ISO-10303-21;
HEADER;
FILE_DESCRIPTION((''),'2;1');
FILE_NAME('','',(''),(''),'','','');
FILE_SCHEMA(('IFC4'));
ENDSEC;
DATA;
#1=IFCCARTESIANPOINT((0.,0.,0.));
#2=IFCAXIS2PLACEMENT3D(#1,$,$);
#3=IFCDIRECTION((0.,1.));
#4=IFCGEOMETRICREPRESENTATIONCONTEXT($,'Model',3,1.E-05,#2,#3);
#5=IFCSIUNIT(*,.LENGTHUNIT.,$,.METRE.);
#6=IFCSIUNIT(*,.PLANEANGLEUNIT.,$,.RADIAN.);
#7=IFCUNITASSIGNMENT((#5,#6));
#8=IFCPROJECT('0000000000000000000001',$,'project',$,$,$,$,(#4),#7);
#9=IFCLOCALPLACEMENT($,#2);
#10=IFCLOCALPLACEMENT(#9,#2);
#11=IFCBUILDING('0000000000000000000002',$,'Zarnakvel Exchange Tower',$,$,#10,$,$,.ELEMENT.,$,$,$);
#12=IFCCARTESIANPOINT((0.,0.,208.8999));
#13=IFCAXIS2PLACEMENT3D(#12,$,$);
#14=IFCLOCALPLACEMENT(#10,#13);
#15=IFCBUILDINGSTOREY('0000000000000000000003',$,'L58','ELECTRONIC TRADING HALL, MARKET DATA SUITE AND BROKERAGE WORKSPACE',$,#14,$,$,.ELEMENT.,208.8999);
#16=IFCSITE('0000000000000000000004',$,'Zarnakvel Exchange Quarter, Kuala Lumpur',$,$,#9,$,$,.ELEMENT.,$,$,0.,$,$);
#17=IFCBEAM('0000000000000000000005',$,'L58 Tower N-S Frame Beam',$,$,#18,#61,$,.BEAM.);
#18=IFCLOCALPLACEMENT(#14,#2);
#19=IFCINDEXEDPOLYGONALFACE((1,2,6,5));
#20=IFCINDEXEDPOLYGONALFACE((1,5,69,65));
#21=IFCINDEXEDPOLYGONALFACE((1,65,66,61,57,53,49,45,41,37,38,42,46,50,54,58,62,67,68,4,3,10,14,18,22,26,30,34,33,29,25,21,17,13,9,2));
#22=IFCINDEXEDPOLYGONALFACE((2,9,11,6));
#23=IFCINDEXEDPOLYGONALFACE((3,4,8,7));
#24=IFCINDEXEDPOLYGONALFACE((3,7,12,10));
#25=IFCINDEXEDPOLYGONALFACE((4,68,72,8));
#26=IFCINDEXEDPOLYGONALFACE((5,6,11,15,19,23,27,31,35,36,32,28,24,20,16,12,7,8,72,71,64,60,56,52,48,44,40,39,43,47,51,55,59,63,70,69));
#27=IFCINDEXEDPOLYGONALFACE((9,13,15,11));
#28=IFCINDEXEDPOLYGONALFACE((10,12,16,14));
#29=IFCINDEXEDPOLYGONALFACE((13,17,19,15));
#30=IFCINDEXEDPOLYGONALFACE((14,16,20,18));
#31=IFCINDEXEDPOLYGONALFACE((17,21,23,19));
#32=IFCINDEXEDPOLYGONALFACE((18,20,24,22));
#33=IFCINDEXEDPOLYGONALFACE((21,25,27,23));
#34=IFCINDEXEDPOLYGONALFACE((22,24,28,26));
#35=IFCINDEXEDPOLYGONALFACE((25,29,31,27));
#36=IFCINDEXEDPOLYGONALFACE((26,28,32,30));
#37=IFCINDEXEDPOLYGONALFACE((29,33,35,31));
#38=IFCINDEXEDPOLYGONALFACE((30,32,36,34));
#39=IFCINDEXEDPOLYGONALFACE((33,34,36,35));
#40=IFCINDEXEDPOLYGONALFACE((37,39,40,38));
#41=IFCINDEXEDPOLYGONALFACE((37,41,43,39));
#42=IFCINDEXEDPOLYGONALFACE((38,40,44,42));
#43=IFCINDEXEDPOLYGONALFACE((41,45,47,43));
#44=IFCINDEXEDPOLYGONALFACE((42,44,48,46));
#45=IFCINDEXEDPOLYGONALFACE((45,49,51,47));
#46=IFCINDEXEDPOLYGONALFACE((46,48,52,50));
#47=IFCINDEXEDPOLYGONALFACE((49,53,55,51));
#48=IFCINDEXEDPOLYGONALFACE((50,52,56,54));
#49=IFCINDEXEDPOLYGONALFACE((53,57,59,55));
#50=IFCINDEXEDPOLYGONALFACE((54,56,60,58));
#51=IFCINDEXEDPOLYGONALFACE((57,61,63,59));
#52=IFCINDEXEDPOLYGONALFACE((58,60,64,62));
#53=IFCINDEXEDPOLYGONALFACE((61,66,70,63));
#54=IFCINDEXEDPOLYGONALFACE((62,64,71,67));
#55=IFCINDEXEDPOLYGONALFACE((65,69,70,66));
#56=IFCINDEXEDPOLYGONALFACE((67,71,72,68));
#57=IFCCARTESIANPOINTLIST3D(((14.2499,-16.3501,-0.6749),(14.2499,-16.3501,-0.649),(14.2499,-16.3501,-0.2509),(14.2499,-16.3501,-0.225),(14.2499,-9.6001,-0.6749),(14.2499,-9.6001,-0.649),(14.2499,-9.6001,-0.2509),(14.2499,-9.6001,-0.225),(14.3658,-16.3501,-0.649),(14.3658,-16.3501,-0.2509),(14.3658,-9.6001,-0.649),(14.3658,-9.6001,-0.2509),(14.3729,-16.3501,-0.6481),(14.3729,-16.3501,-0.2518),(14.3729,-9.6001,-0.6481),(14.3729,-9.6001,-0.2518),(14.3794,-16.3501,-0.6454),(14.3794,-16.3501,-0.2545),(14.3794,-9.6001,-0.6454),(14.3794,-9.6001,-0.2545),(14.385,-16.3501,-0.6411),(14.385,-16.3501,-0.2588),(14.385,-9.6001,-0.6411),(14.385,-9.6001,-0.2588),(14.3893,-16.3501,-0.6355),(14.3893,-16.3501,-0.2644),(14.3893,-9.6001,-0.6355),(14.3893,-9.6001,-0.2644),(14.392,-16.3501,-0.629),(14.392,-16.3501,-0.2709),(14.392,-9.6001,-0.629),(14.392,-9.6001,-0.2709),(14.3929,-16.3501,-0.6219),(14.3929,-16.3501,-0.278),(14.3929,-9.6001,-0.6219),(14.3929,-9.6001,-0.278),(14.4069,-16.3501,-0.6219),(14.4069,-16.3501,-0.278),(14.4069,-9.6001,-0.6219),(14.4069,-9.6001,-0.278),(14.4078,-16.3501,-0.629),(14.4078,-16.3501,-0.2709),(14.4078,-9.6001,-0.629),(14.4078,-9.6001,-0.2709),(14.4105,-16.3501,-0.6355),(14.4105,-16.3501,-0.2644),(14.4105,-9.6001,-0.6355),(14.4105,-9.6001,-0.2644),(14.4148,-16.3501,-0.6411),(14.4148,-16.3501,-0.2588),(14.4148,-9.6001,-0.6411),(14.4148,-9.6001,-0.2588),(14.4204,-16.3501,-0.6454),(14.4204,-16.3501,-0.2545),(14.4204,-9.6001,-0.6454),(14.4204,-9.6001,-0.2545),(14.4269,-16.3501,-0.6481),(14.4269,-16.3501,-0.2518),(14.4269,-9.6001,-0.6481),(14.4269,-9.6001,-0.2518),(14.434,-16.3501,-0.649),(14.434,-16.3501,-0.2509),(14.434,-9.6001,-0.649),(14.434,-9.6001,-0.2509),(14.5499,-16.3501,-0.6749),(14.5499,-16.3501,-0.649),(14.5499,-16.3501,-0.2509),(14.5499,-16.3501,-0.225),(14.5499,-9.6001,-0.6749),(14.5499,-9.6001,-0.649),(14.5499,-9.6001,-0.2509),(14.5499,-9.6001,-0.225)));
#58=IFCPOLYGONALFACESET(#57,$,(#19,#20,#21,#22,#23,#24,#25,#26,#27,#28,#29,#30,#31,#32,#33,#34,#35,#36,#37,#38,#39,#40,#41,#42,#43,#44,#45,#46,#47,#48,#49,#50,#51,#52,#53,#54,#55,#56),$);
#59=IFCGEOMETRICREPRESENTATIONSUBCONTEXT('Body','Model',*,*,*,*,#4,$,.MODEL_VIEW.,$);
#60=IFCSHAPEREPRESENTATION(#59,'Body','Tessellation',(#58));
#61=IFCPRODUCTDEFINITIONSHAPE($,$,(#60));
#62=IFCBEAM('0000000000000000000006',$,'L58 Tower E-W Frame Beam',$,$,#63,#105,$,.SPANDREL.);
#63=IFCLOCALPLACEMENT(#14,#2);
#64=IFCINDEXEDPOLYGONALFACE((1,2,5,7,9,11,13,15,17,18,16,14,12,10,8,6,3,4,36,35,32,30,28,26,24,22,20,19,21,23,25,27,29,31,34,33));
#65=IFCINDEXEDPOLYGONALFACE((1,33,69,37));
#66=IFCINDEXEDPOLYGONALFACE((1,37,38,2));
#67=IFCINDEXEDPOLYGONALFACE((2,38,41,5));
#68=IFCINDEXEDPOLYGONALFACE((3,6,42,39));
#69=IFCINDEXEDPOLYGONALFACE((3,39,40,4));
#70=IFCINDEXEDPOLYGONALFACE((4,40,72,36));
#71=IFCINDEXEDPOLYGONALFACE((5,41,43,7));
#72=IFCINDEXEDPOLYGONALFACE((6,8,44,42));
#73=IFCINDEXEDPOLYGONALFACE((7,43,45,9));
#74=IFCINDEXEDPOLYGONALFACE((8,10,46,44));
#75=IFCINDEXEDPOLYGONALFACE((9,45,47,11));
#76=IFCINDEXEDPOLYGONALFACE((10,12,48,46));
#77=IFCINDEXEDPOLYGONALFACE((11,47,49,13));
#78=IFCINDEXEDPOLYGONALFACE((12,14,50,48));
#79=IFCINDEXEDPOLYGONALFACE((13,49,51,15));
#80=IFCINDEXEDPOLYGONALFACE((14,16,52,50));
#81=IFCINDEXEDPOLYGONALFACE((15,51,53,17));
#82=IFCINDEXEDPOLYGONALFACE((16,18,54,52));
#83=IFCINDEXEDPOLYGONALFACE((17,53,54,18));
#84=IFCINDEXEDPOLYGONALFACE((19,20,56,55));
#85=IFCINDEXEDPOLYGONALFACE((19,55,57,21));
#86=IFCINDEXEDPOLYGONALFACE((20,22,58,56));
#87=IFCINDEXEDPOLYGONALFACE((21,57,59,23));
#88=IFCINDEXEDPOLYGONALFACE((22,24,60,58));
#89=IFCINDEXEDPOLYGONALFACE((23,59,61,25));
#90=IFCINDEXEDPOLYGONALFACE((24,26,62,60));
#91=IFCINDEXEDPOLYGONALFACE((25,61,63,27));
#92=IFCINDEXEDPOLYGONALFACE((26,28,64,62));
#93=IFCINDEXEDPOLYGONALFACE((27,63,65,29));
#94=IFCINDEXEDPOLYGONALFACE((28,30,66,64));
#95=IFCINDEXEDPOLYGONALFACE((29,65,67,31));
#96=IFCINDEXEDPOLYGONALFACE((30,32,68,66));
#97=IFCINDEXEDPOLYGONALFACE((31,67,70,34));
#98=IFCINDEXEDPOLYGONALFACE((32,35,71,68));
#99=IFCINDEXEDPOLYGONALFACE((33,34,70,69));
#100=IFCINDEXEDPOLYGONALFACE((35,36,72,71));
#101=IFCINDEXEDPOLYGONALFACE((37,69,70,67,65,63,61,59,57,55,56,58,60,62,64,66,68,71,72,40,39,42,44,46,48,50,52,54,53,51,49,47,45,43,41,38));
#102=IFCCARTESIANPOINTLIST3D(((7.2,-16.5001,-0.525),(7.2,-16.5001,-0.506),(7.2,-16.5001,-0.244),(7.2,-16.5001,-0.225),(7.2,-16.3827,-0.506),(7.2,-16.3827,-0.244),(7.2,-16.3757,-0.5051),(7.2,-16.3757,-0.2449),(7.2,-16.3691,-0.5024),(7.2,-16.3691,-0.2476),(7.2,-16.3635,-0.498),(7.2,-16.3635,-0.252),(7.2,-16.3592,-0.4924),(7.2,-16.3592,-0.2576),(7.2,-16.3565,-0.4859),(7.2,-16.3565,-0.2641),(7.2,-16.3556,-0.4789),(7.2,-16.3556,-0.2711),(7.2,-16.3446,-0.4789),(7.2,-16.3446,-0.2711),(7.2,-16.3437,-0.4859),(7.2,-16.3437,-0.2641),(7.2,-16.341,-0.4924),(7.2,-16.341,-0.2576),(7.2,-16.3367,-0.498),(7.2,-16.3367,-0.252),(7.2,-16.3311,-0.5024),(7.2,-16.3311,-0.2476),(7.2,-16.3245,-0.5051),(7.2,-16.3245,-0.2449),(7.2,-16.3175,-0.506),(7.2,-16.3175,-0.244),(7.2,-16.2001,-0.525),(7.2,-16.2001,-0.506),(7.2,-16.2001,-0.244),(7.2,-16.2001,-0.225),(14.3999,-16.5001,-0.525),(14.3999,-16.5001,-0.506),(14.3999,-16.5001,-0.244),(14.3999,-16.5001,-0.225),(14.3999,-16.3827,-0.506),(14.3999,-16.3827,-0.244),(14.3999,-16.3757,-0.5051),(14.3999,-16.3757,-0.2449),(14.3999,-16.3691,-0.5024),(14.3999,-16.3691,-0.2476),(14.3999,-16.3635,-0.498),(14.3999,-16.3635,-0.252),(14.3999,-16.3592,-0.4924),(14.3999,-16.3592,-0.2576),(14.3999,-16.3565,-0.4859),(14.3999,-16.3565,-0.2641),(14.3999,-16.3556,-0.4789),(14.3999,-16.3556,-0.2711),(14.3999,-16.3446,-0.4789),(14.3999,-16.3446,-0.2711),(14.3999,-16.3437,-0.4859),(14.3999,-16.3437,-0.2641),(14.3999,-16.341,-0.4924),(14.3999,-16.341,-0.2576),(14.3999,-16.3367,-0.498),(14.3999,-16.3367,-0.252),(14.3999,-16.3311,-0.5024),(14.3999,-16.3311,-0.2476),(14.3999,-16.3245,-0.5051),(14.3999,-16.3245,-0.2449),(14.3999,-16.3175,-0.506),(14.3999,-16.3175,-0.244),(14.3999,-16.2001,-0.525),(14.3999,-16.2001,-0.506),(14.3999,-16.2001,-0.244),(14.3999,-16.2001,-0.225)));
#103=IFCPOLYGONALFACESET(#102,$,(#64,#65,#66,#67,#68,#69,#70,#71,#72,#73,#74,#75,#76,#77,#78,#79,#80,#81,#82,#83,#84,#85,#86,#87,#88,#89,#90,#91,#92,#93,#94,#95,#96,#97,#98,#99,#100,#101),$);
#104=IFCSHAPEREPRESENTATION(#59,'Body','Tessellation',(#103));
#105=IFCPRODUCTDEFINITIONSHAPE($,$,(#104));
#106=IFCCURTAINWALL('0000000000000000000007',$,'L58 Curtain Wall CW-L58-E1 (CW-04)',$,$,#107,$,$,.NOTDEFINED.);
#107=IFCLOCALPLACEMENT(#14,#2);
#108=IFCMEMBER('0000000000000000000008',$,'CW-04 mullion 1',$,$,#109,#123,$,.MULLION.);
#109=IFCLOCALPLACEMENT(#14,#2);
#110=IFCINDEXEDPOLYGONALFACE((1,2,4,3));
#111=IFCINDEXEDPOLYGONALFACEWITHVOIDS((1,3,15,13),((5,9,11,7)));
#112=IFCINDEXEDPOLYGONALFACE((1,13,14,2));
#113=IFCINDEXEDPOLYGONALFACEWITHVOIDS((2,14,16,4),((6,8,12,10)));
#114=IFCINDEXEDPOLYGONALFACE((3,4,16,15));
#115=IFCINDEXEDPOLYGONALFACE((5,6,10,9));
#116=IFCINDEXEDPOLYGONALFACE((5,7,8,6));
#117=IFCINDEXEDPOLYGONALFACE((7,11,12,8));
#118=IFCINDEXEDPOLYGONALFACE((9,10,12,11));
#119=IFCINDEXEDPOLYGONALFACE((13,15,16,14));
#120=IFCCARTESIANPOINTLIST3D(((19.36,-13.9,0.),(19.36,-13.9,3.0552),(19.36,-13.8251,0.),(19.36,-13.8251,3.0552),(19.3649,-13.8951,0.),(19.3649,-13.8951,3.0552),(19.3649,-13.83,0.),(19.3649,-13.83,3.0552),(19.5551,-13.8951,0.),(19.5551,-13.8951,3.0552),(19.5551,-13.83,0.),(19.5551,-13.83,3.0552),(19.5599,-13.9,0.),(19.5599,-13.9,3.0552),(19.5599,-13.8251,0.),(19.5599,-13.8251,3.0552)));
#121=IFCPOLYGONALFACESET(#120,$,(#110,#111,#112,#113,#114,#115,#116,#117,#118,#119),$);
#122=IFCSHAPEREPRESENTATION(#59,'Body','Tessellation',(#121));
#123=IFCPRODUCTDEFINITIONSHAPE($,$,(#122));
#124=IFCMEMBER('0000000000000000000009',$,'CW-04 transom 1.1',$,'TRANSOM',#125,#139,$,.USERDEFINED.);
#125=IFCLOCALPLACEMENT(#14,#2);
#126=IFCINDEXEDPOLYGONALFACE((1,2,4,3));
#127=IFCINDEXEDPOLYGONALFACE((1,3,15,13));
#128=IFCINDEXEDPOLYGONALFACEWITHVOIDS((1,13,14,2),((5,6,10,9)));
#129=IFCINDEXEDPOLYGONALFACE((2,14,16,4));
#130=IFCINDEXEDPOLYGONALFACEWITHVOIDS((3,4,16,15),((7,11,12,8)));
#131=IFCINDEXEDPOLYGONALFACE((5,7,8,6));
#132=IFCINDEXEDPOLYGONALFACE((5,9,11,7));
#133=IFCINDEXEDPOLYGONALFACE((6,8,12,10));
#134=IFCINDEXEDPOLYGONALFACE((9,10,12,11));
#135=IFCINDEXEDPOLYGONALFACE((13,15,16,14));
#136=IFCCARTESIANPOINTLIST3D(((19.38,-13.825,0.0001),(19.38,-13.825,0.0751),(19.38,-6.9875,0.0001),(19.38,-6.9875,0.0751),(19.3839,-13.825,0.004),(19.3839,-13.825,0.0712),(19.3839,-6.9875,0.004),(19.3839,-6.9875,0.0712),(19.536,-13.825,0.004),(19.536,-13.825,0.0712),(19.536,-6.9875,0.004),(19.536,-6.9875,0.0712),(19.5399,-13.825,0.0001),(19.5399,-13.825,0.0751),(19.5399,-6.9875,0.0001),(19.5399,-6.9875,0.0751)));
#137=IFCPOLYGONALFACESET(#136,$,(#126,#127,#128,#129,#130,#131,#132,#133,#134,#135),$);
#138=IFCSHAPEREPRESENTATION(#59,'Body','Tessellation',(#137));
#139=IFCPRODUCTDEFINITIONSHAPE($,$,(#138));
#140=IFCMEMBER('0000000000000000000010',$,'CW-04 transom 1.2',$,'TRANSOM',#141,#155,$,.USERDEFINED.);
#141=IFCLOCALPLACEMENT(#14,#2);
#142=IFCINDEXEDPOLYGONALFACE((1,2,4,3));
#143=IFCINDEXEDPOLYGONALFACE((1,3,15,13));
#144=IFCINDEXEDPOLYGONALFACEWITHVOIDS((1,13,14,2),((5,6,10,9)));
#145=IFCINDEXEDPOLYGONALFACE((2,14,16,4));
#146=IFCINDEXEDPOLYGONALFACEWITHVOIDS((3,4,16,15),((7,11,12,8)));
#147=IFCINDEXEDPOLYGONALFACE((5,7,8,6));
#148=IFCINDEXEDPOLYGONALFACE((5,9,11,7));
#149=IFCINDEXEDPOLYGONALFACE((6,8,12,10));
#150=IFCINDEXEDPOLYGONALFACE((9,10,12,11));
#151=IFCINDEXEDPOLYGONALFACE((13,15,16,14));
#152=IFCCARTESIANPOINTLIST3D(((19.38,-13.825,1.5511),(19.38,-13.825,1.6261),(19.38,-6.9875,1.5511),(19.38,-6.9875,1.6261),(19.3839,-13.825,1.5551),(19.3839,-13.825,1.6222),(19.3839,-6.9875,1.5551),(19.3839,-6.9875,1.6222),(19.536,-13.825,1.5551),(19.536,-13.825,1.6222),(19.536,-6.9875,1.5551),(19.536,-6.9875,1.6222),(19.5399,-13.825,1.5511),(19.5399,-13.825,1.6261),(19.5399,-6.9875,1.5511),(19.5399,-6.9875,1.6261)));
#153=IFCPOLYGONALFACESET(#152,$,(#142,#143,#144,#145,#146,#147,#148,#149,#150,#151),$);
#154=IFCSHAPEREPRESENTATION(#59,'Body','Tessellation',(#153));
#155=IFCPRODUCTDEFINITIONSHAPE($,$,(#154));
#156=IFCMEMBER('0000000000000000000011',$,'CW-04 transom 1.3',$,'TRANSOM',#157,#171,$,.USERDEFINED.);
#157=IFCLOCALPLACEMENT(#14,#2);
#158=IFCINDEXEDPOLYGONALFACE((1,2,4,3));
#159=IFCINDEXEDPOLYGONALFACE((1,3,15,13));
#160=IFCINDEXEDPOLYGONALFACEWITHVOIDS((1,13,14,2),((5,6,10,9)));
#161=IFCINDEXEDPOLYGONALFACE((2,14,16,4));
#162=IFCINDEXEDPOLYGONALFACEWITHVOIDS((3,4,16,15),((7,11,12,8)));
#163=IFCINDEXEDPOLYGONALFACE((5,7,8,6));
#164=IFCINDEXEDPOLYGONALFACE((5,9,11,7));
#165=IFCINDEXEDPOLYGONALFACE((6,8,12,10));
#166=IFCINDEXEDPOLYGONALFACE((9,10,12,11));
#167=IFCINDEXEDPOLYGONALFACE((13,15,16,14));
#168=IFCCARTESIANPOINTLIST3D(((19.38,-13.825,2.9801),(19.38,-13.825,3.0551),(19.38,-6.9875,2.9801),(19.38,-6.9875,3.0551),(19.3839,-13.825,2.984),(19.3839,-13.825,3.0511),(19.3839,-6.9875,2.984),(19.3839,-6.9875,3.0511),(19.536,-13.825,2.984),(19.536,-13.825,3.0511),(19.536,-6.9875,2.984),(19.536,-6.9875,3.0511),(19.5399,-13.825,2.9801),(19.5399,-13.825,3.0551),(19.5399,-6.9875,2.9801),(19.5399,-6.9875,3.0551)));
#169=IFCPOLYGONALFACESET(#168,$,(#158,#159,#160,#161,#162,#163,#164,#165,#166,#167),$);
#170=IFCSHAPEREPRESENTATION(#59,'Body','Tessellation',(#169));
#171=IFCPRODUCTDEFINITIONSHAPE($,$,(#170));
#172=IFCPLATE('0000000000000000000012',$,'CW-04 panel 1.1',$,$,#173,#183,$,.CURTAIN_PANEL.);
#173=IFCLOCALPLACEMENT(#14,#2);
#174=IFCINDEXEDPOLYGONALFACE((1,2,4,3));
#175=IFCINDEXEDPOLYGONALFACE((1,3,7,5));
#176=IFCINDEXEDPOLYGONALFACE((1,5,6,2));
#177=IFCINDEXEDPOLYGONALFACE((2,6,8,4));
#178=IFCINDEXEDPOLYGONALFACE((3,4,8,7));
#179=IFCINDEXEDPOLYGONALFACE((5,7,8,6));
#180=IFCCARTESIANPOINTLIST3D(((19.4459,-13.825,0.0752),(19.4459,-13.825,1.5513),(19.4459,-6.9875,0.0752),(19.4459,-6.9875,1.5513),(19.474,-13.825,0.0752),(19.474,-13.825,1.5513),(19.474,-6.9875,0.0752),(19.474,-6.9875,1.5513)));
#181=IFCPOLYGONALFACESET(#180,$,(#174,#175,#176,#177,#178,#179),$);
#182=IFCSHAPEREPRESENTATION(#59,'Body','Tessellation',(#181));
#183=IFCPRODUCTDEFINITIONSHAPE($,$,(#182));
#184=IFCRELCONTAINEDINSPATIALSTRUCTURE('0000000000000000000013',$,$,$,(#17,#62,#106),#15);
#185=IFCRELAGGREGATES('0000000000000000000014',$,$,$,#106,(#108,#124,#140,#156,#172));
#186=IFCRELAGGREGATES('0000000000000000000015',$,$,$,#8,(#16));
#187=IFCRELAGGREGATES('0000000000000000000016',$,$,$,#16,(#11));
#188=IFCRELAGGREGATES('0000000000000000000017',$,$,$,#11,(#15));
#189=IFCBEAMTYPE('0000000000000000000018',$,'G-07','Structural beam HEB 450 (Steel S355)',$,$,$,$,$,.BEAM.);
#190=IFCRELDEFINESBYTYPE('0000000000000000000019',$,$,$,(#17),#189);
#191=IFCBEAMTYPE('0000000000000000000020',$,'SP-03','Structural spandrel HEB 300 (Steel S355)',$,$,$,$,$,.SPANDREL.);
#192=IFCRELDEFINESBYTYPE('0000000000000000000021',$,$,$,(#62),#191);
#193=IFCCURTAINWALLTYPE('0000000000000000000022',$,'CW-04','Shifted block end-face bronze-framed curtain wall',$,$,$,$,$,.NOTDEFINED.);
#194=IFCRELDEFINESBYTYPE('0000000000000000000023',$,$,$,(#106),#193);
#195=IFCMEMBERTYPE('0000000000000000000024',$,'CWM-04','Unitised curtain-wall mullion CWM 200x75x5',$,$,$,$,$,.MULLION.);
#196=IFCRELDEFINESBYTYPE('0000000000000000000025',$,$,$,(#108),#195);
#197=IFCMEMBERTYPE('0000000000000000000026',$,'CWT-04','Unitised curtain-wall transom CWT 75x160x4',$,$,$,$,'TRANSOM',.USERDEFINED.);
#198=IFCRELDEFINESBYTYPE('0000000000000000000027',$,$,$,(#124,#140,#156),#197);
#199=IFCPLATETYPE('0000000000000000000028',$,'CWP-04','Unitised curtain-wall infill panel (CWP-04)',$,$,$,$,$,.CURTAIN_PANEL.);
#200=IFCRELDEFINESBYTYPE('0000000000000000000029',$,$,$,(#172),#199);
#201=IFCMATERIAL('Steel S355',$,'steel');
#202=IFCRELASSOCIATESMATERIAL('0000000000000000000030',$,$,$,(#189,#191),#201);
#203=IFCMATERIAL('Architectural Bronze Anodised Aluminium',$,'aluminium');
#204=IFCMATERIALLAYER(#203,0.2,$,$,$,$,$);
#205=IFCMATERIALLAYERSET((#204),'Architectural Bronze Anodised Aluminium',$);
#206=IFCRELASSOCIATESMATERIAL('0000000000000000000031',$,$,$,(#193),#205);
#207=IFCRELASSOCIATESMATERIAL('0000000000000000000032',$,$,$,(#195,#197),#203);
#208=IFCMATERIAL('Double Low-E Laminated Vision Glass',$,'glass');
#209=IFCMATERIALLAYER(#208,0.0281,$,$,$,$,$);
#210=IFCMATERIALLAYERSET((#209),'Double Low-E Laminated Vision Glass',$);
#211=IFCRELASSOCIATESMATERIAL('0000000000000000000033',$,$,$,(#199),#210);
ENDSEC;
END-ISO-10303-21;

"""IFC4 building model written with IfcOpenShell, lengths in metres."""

from ifc_helpers import new_model, si_unit, direction, frame, origin, origin_2d, place, context, subcontext, project, spatial, rectangle, hollow_rectangle, i_section, extrude, source, transform, mapped, material, layer, layer_set, material_profile, profile_set, type_object, element, aggregate, save


model = new_model("IFC4")

# Units and contexts
model_context = context("Model", 3, precision=1e-05, world=origin(), true_north=direction((0.0, 1.0)))
body_context = subcontext(model_context, "Body", "Model", "MODEL_VIEW")
ifc_project = project(units=[si_unit("LENGTHUNIT", "METRE"), si_unit("PLANEANGLEUNIT", "RADIAN")], contexts=[model_context])

# Site, building, storey
site_placement = place(None, origin())
site = spatial("IfcSite", under=ifc_project, at=site_placement, Name="Zarnakvel Exchange Quarter, Kuala Lumpur", CompositionType="ELEMENT", RefElevation=0.0)
building_placement = place(site_placement, origin())
building = spatial("IfcBuilding", under=site, at=building_placement, Name="Zarnakvel Exchange Tower", CompositionType="ELEMENT")
storey_placement = place(building_placement, frame((0.0, 0.0, 208.8999)))
storey = spatial("IfcBuildingStorey", under=building, at=storey_placement, Name="L58", Description="ELECTRONIC TRADING HALL, MARKET DATA SUITE AND BROKERAGE WORKSPACE", CompositionType="ELEMENT", Elevation=208.8999)

# Beams
ifc_material_1 = material(Name="Steel S355", Category="steel")
ifc_material_profile_1 = material_profile(ifc_material_1, i_section(OverallWidth=0.3, OverallDepth=0.45, WebThickness=0.0139, FlangeThickness=0.0259, FilletRadius=0.0271, at=origin_2d()))
ifc_profile_set_1 = profile_set([ifc_material_profile_1], Name="Steel S355")
beam_type_1 = type_object("IfcBeamType", Name="G-07", Description="Structural beam HEB 450 (Steel S355)", PredefinedType="BEAM", material=ifc_profile_set_1)
for number, where, z_axis, x_axis, name in (
    (1, (14.3999, -16.3501, -0.45), (0.0, 1.0, 0.0), (-1.0, 0.0, 0.0), "L58 Tower N-S Frame Beam"),
):
    element("IfcBeam", number, at=place(storey_placement, frame(where, z_axis=z_axis, x_axis=x_axis)), inside=storey, type_object=beam_type_1, Name=name, PredefinedType="BEAM", context=body_context, shape_type="SweptSolid", body=[
        extrude(i_section(OverallWidth=0.3, OverallDepth=0.45, WebThickness=0.0139, FlangeThickness=0.0259, FilletRadius=0.0271, at=origin_2d()), origin(), (0.0, 0.0, 1.0), 6.75),
    ])
ifc_material_profile_2 = material_profile(ifc_material_1, i_section(OverallWidth=0.3, OverallDepth=0.3, WebThickness=0.011, FlangeThickness=0.019, FilletRadius=0.0271, at=origin_2d()))
ifc_profile_set_2 = profile_set([ifc_material_profile_2], Name="Steel S355")
beam_type_2 = type_object("IfcBeamType", Name="SP-03", Description="Structural spandrel HEB 300 (Steel S355)", PredefinedType="SPANDREL", material=ifc_profile_set_2)
beam_1_placement = place(storey_placement, frame((7.2, -16.3501, -0.375), z_axis=(1.0, 0.0, 0.0), x_axis=(0.0, 1.0, 0.0)))
element("IfcBeam", 2, at=beam_1_placement, inside=storey, type_object=beam_type_2, Name="L58 Tower E-W Frame Beam", PredefinedType="SPANDREL", context=body_context, shape_type="SweptSolid", body=[
    extrude(i_section(OverallWidth=0.3, OverallDepth=0.3, WebThickness=0.011, FlangeThickness=0.019, FilletRadius=0.0271, at=origin_2d()), origin(), (0.0, 0.0, 1.0), 7.2),
])

# Curtain wall, members, plate
ifc_material_2 = material(Name="Architectural Bronze Anodised Aluminium", Category="aluminium")
ifc_layer_1 = layer(ifc_material_2, 0.2)
ifc_layer_set_1 = layer_set([ifc_layer_1], Name="Architectural Bronze Anodised Aluminium")
curtain_wall_type = type_object("IfcCurtainWallType", Name="CW-04", Description="Shifted block end-face bronze-framed curtain wall", PredefinedType="NOTDEFINED", material=ifc_layer_set_1)
curtain_wall_placement = place(storey_placement, origin())
curtain_wall = element("IfcCurtainWall", 3, at=curtain_wall_placement, inside=storey, type_object=curtain_wall_type, Name="L58 Curtain Wall CW-L58-E1 (CW-04)", PredefinedType="NOTDEFINED")
ifc_material_profile_3 = material_profile(ifc_material_2, hollow_rectangle(XDim=0.2, YDim=0.075, WallThickness=0.0049, at=origin_2d()))
ifc_profile_set_3 = profile_set([ifc_material_profile_3], Name="Architectural Bronze Anodised Aluminium")
member_type_1 = type_object("IfcMemberType", Name="CWM-04", Description="Unitised curtain-wall mullion CWM 200x75x5", PredefinedType="MULLION", material=ifc_profile_set_3)
shared_shape_1 = source(origin(), body_context, "Body", "SweptSolid", [
    extrude(hollow_rectangle(XDim=0.2, YDim=0.075, WallThickness=0.0049, at=origin_2d()), origin(), (0.0, 0.0, 1.0), 3.0552),
])
member_1_placement = place(storey_placement, frame((19.46, -13.8625, 0.0), z_axis=(0.0, 0.0, 1.0), x_axis=(-1.0, 0.0, 0.0)))
member_1 = element("IfcMember", 4, at=member_1_placement, type_object=member_type_1, Name="CW-04 mullion 1", PredefinedType="MULLION", context=body_context, shape_type="MappedRepresentation", body=[
    mapped(shared_shape_1, transform((0.0, 0.0, 0.0), x_axis=(1.0, 0.0, 0.0), y_axis=(0.0, 1.0, 0.0), z_axis=(0.0, 0.0, 1.0), scale=1.0)),
])
ifc_material_profile_4 = material_profile(ifc_material_2, hollow_rectangle(XDim=0.1599, YDim=0.075, WallThickness=0.0039, at=origin_2d()))
ifc_profile_set_4 = profile_set([ifc_material_profile_4], Name="Architectural Bronze Anodised Aluminium")
member_type_2 = type_object("IfcMemberType", Name="CWT-04", Description="Unitised curtain-wall transom CWT 75x160x4", ElementType="TRANSOM", PredefinedType="USERDEFINED", material=ifc_profile_set_4)
shared_shape_2 = source(origin(), body_context, "Body", "SweptSolid", [
    extrude(hollow_rectangle(XDim=0.1599, YDim=0.075, WallThickness=0.0039, at=origin_2d()), origin(), (0.0, 0.0, 1.0), 6.8374),
])
member_2_placement = place(storey_placement, frame((19.46, -13.825, 0.0376), z_axis=(0.0, 1.0, 0.0), x_axis=(-1.0, 0.0, 0.0)))
member_2 = element("IfcMember", 5, at=member_2_placement, type_object=member_type_2, Name="CW-04 transom 1.1", ObjectType="TRANSOM", PredefinedType="USERDEFINED", context=body_context, shape_type="MappedRepresentation", body=[
    mapped(shared_shape_2, transform((0.0, 0.0, 0.0), x_axis=(1.0, 0.0, 0.0), y_axis=(0.0, 1.0, 0.0), z_axis=(0.0, 0.0, 1.0), scale=1.0)),
])
member_3_placement = place(storey_placement, frame((19.46, -13.825, 1.5886), z_axis=(0.0, 1.0, 0.0), x_axis=(-1.0, 0.0, 0.0)))
member_3 = element("IfcMember", 6, at=member_3_placement, type_object=member_type_2, Name="CW-04 transom 1.2", ObjectType="TRANSOM", PredefinedType="USERDEFINED", context=body_context, shape_type="MappedRepresentation", body=[
    mapped(shared_shape_2, transform((0.0, 0.0, 0.0), x_axis=(1.0, 0.0, 0.0), y_axis=(0.0, 1.0, 0.0), z_axis=(0.0, 0.0, 1.0), scale=1.0)),
])
member_4_placement = place(storey_placement, frame((19.46, -13.825, 3.0176), z_axis=(0.0, 1.0, 0.0), x_axis=(-1.0, 0.0, 0.0)))
member_4 = element("IfcMember", 7, at=member_4_placement, type_object=member_type_2, Name="CW-04 transom 1.3", ObjectType="TRANSOM", PredefinedType="USERDEFINED", context=body_context, shape_type="MappedRepresentation", body=[
    mapped(shared_shape_2, transform((0.0, 0.0, 0.0), x_axis=(1.0, 0.0, 0.0), y_axis=(0.0, 1.0, 0.0), z_axis=(0.0, 0.0, 1.0), scale=1.0)),
])
ifc_material_3 = material(Name="Double Low-E Laminated Vision Glass", Category="glass")
ifc_layer_2 = layer(ifc_material_3, 0.0281)
ifc_layer_set_2 = layer_set([ifc_layer_2], Name="Double Low-E Laminated Vision Glass")
plate_type = type_object("IfcPlateType", Name="CWP-04", Description="Unitised curtain-wall infill panel (CWP-04)", PredefinedType="CURTAIN_PANEL", material=ifc_layer_set_2)
shared_shape_3 = source(origin(), body_context, "Body", "SweptSolid", [
    extrude(rectangle(XDim=6.8374, YDim=0.0281, at=origin_2d()), origin(), (0.0, 0.0, 1.0), 1.4761),
])
plate_1_placement = place(storey_placement, frame((19.46, -10.4062, 0.0752), z_axis=(0.0, 0.0, 1.0), x_axis=(0.0, 1.0, 0.0)))
plate_1 = element("IfcPlate", 8, at=plate_1_placement, type_object=plate_type, Name="CW-04 panel 1.1", PredefinedType="CURTAIN_PANEL", context=body_context, shape_type="MappedRepresentation", body=[
    mapped(shared_shape_3, transform((0.0, 0.0, 0.0), x_axis=(1.0, 0.0, 0.0), y_axis=(0.0, 1.0, 0.0), z_axis=(0.0, 0.0, 1.0), scale=1.0)),
])
aggregate(curtain_wall, [member_1, member_2, member_3, member_4, plate_1])

save(model, "model.ifc")
